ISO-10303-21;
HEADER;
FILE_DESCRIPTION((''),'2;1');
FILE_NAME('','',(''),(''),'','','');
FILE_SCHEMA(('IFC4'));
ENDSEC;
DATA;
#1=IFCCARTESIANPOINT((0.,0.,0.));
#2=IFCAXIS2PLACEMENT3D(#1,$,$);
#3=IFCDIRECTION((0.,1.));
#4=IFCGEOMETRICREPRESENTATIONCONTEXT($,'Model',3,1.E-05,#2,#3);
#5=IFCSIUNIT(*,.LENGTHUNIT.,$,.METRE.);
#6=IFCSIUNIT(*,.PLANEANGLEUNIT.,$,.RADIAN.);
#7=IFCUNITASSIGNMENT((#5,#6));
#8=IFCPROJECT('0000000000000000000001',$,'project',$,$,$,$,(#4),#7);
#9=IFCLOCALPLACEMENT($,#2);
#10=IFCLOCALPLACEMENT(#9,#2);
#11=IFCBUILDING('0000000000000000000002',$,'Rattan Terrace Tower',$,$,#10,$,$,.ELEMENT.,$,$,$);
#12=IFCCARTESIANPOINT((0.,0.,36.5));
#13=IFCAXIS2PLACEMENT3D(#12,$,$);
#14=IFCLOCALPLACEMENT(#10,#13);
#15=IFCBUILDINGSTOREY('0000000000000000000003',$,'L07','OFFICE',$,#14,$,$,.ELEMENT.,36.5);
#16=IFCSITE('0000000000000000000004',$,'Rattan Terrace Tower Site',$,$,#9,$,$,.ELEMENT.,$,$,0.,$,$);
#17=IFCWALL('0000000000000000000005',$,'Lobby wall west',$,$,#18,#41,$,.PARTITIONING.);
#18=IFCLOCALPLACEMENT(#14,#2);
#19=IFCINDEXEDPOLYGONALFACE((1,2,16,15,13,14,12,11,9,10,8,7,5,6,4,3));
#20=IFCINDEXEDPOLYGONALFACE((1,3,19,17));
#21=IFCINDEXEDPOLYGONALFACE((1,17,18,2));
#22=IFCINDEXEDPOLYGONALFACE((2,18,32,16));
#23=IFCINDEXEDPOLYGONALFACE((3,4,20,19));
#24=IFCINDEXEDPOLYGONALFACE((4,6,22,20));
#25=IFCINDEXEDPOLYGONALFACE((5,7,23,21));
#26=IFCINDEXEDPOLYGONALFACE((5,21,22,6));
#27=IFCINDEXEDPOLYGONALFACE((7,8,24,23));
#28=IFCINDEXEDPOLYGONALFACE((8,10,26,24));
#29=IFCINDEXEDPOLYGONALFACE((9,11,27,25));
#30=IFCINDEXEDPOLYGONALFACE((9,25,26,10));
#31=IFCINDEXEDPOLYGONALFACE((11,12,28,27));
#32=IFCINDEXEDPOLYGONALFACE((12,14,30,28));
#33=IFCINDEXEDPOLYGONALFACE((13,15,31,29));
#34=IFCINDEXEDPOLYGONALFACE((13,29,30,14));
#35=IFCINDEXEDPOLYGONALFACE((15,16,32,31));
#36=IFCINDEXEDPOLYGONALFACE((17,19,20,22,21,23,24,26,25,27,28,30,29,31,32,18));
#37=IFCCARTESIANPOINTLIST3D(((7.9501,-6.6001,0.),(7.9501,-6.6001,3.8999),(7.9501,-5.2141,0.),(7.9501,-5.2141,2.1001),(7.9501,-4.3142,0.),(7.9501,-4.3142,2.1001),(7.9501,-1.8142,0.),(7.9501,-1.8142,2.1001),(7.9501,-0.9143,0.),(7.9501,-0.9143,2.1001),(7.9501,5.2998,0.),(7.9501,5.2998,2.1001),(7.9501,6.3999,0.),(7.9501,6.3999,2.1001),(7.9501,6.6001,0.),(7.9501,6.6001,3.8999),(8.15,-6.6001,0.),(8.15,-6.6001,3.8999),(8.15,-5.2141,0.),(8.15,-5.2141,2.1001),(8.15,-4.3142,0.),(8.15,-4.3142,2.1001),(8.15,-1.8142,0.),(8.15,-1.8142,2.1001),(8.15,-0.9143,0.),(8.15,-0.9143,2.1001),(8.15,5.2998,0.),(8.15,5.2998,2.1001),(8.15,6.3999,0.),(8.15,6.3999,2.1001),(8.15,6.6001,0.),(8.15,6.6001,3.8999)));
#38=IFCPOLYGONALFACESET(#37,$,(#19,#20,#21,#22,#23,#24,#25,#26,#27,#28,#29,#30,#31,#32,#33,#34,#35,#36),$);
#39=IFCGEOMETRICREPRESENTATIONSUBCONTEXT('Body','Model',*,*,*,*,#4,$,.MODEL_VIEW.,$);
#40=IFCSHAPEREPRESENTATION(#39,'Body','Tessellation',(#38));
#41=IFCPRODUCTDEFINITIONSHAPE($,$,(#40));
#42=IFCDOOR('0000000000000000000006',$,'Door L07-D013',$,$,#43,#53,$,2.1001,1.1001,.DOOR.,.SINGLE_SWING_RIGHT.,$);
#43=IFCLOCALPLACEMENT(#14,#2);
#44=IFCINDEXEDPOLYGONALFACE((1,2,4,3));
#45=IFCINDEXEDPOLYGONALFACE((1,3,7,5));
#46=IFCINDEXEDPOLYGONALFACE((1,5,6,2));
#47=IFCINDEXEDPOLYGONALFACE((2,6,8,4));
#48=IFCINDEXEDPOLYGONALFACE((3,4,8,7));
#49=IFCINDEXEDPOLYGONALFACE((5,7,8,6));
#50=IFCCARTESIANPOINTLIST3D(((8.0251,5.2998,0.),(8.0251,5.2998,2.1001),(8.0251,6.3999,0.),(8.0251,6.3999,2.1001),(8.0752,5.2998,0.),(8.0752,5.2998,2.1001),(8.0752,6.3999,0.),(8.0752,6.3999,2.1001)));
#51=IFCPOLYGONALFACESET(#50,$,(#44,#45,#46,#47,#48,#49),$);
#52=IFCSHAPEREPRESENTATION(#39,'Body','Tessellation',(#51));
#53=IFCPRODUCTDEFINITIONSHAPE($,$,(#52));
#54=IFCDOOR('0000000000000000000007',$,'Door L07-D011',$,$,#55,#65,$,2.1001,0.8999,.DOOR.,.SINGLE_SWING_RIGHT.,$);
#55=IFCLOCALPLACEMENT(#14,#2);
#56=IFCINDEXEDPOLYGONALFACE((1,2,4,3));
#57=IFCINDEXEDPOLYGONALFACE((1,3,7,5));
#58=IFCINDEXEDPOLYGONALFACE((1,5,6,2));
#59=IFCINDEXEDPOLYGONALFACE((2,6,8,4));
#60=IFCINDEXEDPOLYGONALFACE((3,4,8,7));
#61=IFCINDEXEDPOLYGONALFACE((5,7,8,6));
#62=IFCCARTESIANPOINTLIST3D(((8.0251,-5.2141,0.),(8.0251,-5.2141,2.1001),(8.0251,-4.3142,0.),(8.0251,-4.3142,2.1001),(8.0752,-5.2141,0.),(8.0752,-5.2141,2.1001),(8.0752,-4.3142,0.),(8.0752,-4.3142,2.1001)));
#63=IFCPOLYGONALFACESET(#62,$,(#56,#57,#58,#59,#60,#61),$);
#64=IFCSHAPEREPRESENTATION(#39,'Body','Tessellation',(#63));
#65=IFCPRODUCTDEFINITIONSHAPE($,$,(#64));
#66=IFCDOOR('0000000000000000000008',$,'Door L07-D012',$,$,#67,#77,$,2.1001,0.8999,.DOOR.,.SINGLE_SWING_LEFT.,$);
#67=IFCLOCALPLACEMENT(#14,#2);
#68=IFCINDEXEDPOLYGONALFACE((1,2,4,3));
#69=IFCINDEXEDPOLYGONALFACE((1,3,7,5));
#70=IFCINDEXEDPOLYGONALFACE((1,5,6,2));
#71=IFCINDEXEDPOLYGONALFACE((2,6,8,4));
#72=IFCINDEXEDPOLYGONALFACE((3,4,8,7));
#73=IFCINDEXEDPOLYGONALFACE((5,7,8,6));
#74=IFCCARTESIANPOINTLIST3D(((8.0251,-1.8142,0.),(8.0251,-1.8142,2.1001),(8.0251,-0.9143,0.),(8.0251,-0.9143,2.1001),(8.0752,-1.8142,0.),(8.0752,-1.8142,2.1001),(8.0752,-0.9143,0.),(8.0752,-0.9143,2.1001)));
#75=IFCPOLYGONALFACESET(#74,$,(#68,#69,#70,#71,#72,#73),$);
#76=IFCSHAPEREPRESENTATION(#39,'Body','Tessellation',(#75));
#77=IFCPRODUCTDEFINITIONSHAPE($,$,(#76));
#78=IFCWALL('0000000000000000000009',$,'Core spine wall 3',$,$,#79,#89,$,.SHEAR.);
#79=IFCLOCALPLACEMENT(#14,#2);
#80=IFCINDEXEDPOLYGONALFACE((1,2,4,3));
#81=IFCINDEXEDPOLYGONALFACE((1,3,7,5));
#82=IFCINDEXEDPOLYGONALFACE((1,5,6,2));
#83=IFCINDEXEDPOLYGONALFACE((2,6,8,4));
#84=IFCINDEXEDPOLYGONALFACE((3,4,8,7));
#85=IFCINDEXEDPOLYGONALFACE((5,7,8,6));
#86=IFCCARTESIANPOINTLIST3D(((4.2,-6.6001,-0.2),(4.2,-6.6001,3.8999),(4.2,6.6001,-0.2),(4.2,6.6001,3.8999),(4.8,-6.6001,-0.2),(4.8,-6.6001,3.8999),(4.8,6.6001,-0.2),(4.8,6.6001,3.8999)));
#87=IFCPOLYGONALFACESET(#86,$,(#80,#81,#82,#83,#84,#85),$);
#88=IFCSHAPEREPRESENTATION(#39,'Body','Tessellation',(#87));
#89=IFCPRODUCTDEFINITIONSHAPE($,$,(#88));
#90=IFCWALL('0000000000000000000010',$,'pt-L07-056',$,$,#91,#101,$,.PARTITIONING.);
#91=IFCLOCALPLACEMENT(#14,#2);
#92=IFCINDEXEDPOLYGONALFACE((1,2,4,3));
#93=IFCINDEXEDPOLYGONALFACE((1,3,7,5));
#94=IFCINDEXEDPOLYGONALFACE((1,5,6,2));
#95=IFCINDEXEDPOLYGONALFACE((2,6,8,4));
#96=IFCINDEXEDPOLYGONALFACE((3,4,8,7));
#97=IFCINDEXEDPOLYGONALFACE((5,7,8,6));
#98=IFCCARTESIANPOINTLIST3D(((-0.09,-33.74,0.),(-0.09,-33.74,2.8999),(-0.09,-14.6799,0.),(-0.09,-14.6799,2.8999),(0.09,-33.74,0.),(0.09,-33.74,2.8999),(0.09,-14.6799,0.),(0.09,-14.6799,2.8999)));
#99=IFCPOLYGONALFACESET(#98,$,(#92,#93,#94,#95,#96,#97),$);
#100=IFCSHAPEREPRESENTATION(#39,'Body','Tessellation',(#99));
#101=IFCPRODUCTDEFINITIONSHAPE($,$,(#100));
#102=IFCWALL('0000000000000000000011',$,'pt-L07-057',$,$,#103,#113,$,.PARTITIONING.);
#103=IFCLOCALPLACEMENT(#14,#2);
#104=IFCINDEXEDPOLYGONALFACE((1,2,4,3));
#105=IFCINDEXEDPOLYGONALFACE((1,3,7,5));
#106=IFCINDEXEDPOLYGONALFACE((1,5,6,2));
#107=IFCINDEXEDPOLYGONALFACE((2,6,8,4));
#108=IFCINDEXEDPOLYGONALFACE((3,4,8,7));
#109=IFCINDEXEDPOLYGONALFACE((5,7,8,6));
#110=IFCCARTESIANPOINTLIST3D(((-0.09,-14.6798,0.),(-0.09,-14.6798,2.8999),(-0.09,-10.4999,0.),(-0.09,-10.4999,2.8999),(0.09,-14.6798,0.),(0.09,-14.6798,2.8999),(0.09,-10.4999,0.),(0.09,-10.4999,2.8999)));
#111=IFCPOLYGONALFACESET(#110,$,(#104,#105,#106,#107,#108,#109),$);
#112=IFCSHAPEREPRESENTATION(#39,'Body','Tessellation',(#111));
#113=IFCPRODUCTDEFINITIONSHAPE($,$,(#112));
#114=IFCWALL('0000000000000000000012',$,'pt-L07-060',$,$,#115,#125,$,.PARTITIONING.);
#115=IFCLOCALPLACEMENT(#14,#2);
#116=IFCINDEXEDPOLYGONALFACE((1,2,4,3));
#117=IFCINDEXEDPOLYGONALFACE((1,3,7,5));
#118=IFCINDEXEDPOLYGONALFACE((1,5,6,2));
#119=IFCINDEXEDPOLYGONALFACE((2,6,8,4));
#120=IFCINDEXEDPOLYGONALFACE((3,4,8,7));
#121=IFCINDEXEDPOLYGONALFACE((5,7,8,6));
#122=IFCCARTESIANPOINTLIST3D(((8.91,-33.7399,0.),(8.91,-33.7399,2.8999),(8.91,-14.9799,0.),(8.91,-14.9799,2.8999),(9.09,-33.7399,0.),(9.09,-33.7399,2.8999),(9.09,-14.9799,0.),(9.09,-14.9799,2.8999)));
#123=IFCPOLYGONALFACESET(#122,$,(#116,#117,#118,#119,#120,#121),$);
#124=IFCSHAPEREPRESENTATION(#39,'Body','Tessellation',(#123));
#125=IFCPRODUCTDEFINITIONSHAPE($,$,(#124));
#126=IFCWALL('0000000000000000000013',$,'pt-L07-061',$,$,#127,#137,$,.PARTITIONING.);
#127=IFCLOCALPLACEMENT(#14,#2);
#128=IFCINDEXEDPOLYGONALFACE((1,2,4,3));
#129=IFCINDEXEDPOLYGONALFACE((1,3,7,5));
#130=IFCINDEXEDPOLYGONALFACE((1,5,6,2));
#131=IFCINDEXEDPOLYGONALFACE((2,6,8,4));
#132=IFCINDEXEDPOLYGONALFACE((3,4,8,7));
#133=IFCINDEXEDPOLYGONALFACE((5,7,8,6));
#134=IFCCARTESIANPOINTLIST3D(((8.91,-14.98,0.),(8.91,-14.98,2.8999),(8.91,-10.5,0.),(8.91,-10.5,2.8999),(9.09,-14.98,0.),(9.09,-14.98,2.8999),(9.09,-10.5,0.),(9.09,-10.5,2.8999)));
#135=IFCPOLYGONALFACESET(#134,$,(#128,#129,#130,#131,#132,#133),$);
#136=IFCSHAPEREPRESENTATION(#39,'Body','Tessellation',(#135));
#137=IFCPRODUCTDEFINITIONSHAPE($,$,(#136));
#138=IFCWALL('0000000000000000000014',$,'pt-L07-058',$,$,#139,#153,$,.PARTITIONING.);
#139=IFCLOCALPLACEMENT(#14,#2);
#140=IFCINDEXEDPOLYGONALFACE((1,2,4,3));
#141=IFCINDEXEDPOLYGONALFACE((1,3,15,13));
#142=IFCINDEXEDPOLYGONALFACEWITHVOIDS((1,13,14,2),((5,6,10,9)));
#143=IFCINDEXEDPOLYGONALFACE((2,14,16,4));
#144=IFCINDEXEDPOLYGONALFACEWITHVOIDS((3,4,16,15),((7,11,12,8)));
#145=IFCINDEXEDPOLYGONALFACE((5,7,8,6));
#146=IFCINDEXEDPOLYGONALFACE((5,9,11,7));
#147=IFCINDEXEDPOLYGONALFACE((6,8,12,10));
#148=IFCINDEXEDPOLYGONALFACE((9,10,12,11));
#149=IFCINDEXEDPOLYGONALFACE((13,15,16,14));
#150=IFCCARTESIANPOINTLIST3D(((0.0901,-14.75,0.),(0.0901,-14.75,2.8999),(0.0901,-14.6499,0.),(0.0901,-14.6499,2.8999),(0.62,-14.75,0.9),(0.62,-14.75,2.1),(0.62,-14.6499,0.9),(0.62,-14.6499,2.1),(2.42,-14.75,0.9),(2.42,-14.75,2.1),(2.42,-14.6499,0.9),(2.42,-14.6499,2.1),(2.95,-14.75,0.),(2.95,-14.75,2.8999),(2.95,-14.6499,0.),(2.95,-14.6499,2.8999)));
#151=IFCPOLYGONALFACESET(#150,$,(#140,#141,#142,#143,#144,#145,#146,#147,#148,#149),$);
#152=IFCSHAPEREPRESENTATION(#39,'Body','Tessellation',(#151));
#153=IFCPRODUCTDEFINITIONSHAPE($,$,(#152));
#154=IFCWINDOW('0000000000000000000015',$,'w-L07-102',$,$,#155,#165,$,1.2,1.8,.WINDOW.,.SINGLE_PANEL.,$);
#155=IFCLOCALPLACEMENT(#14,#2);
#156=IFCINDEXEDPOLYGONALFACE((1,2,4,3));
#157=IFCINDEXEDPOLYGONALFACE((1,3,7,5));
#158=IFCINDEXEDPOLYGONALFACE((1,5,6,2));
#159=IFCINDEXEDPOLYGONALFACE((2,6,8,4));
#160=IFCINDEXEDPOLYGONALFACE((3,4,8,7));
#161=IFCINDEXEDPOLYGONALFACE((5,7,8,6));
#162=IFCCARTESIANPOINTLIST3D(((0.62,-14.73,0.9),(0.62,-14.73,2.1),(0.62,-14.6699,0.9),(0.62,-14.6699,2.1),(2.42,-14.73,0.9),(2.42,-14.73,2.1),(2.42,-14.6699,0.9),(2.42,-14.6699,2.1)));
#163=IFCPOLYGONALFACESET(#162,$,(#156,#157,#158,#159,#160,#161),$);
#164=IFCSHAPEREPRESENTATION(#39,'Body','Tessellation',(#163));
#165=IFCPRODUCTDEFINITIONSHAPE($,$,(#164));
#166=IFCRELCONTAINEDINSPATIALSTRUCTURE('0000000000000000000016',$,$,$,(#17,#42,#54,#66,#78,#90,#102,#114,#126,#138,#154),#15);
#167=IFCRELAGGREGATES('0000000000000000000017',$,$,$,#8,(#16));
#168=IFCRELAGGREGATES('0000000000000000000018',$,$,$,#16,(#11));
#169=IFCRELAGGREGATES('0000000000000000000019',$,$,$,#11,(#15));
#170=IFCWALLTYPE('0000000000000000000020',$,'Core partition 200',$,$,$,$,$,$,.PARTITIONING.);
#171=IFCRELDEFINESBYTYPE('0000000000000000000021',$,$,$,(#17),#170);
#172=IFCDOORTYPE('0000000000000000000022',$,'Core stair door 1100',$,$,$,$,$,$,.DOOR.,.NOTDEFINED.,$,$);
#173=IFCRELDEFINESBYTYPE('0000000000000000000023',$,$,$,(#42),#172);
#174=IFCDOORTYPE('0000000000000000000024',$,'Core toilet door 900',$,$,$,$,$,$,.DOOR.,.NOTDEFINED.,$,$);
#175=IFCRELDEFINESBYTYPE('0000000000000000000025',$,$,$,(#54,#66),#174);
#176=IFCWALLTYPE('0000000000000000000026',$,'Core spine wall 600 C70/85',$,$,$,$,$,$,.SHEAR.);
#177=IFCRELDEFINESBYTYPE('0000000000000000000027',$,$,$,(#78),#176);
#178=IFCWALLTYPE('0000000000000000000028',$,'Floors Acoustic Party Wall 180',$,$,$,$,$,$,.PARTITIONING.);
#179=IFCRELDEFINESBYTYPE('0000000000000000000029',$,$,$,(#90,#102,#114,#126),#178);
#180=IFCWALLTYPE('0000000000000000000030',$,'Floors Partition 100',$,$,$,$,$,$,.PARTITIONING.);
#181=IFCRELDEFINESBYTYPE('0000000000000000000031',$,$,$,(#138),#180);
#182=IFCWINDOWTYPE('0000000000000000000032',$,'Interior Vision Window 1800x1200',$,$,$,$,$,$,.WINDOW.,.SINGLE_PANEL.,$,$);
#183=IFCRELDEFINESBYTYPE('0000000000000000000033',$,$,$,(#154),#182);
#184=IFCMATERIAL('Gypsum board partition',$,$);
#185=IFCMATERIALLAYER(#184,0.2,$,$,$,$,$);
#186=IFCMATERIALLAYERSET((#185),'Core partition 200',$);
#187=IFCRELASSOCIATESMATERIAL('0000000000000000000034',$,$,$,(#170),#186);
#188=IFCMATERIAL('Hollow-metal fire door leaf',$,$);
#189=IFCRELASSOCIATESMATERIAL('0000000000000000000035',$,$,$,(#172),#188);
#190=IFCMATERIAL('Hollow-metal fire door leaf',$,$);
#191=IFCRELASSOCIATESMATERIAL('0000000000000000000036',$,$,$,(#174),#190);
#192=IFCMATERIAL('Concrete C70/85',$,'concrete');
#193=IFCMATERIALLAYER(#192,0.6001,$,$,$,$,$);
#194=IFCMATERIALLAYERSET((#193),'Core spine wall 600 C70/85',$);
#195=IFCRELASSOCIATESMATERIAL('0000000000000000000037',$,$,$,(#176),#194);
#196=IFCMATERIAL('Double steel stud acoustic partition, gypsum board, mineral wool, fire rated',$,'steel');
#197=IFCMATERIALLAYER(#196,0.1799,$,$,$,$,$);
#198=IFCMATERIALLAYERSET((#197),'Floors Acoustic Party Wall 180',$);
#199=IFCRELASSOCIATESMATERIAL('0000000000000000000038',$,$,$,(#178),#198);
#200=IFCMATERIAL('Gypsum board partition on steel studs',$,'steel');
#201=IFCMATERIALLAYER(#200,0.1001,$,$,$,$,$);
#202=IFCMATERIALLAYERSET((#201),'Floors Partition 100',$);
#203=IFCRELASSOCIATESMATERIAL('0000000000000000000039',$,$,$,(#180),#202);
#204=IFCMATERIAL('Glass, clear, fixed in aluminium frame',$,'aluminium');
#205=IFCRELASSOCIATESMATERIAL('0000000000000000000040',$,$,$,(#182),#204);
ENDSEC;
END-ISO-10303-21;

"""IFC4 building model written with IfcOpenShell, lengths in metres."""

from ifc_helpers import new_model, si_unit, direction, frame, frame_2d, origin, place, context, subcontext, project, spatial, rectangle, extrude, material, layer, layer_set, type_object, element, fill, save


model = new_model("IFC4")

# Units and contexts
model_context = context("Model", 3, precision=1e-05, world=origin(), true_north=direction((0.0, 1.0)))
body_context = subcontext(model_context, "Body", "Model", "MODEL_VIEW")
ifc_project = project(units=[si_unit("LENGTHUNIT", "METRE"), si_unit("PLANEANGLEUNIT", "RADIAN")], contexts=[model_context])

# Site, building, storey
site_placement = place(None, origin())
site = spatial("IfcSite", under=ifc_project, at=site_placement, Name="Rattan Terrace Tower Site", CompositionType="ELEMENT", RefElevation=0.0)
building_placement = place(site_placement, origin())
building = spatial("IfcBuilding", under=site, at=building_placement, Name="Rattan Terrace Tower", CompositionType="ELEMENT")
storey_placement = place(building_placement, frame((0.0, 0.0, 36.5)))
storey = spatial("IfcBuildingStorey", under=building, at=storey_placement, Name="L07", Description="OFFICE", CompositionType="ELEMENT", Elevation=36.5)

# Wall, openings, doors
ifc_material_1 = material(Name="Gypsum board partition")
ifc_layer_1 = layer(ifc_material_1, 0.2)
ifc_layer_set_1 = layer_set([ifc_layer_1], Name="Core partition 200")
wall_type_1 = type_object("IfcWallType", Name="Core partition 200", PredefinedType="PARTITIONING", material=ifc_layer_set_1)
wall_1_placement = place(storey_placement, frame((8.05, -6.6001, 0.0), z_axis=(0.0, 0.0, 1.0), x_axis=(0.0, 1.0, 0.0)))
wall_1 = element("IfcWall", 1, at=wall_1_placement, inside=storey, type_object=wall_type_1, Name="Lobby wall west", PredefinedType="PARTITIONING", context=body_context, shape_type="SweptSolid", body=[
    extrude(rectangle(XDim=13.2002, YDim=0.2, at=frame_2d((6.6001, 0.0))), origin(), (0.0, 0.0, 1.0), 3.8999),
])
opening_1_placement = place(wall_1_placement, frame((1.386, 0.0, 0.0)))
opening_1 = element("IfcOpeningElement", 2, at=opening_1_placement, cuts=wall_1, PredefinedType="OPENING", context=body_context, shape_type="SweptSolid", body=[
    extrude(rectangle(XDim=0.8999, YDim=2.1001, at=frame_2d((0.45, 1.05))), frame((0.0, 0.1106, 0.0), z_axis=(0.0, -1.0, 0.0), x_axis=(1.0, 0.0, 0.0)), (0.0, 0.0, 1.0), 0.2209),
])
opening_2_placement = place(wall_1_placement, frame((4.7859, 0.0, 0.0)))
opening_2 = element("IfcOpeningElement", 3, at=opening_2_placement, cuts=wall_1, PredefinedType="OPENING", context=body_context, shape_type="SweptSolid", body=[
    extrude(rectangle(XDim=0.8999, YDim=2.1001, at=frame_2d((0.45, 1.05))), frame((0.0, 0.1106, 0.0), z_axis=(0.0, -1.0, 0.0), x_axis=(1.0, 0.0, 0.0)), (0.0, 0.0, 1.0), 0.2209),
])
opening_3_placement = place(wall_1_placement, frame((11.8999, 0.0, 0.0)))
opening_3 = element("IfcOpeningElement", 4, at=opening_3_placement, cuts=wall_1, PredefinedType="OPENING", context=body_context, shape_type="SweptSolid", body=[
    extrude(rectangle(XDim=1.1001, YDim=2.1001, at=frame_2d((0.55, 1.05))), frame((0.0, 0.1106, 0.0), z_axis=(0.0, -1.0, 0.0), x_axis=(1.0, 0.0, 0.0)), (0.0, 0.0, 1.0), 0.2209),
])
ifc_material_2 = material(Name="Hollow-metal fire door leaf")
door_type_1 = type_object("IfcDoorType", Name="Core stair door 1100", OperationType="NOTDEFINED", PredefinedType="DOOR", material=ifc_material_2)
door_1_placement = place(opening_3_placement, origin())
door_1 = element("IfcDoor", 5, at=door_1_placement, inside=storey, type_object=door_type_1, Name="Door L07-D013", OperationType="SINGLE_SWING_RIGHT", OverallHeight=2.1001, OverallWidth=1.1001, PredefinedType="DOOR", context=body_context, shape_type="SweptSolid", body=[
    extrude(rectangle(XDim=1.1001, YDim=2.1001, at=frame_2d((0.55, 1.05))), frame((0.0, 0.0249, 0.0), z_axis=(0.0, -1.0, 0.0), x_axis=(1.0, 0.0, 0.0)), (0.0, 0.0, 1.0), 0.05),
])
fill(opening_3, door_1)
ifc_material_3 = material(Name="Hollow-metal fire door leaf")
door_type_2 = type_object("IfcDoorType", Name="Core toilet door 900", OperationType="NOTDEFINED", PredefinedType="DOOR", material=ifc_material_3)
door_2_placement = place(opening_1_placement, origin())
door_2 = element("IfcDoor", 6, at=door_2_placement, inside=storey, type_object=door_type_2, Name="Door L07-D011", OperationType="SINGLE_SWING_RIGHT", OverallHeight=2.1001, OverallWidth=0.8999, PredefinedType="DOOR", context=body_context, shape_type="SweptSolid", body=[
    extrude(rectangle(XDim=0.8999, YDim=2.1001, at=frame_2d((0.45, 1.05))), frame((0.0, 0.0249, 0.0), z_axis=(0.0, -1.0, 0.0), x_axis=(1.0, 0.0, 0.0)), (0.0, 0.0, 1.0), 0.05),
])
fill(opening_1, door_2)
door_3_placement = place(opening_2_placement, origin())
door_3 = element("IfcDoor", 7, at=door_3_placement, inside=storey, type_object=door_type_2, Name="Door L07-D012", OperationType="SINGLE_SWING_LEFT", OverallHeight=2.1001, OverallWidth=0.8999, PredefinedType="DOOR", context=body_context, shape_type="SweptSolid", body=[
    extrude(rectangle(XDim=0.8999, YDim=2.1001, at=frame_2d((0.45, 1.05))), frame((0.0, 0.0249, 0.0), z_axis=(0.0, -1.0, 0.0), x_axis=(1.0, 0.0, 0.0)), (0.0, 0.0, 1.0), 0.05),
])
fill(opening_2, door_3)

# Walls
ifc_material_4 = material(Name="Concrete C70/85", Category="concrete")
ifc_layer_2 = layer(ifc_material_4, 0.6001)
ifc_layer_set_2 = layer_set([ifc_layer_2], Name="Core spine wall 600 C70/85")
wall_type_2 = type_object("IfcWallType", Name="Core spine wall 600 C70/85", PredefinedType="SHEAR", material=ifc_layer_set_2)
wall_2_placement = place(storey_placement, frame((4.5, -6.6001, -0.2), z_axis=(0.0, 0.0, 1.0), x_axis=(0.0, 1.0, 0.0)))
element("IfcWall", 8, at=wall_2_placement, inside=storey, type_object=wall_type_2, Name="Core spine wall 3", PredefinedType="SHEAR", context=body_context, shape_type="SweptSolid", body=[
    extrude(rectangle(XDim=13.2002, YDim=0.6001, at=frame_2d((6.6001, 0.0))), origin(), (0.0, 0.0, 1.0), 4.0999),
])
ifc_material_5 = material(Name="Double steel stud acoustic partition, gypsum board, mineral wool, fire rated", Category="steel")
ifc_layer_3 = layer(ifc_material_5, 0.1799)
ifc_layer_set_3 = layer_set([ifc_layer_3], Name="Floors Acoustic Party Wall 180")
wall_type_3 = type_object("IfcWallType", Name="Floors Acoustic Party Wall 180", PredefinedType="PARTITIONING", material=ifc_layer_set_3)
wall_3_placement = place(storey_placement, frame((0.0, -14.6799, 0.0), z_axis=(0.0, 0.0, 1.0), x_axis=(0.0, -1.0, 0.0)))
element("IfcWall", 9, at=wall_3_placement, inside=storey, type_object=wall_type_3, Name="pt-L07-056", PredefinedType="PARTITIONING", context=body_context, shape_type="SweptSolid", body=[
    extrude(rectangle(XDim=19.0601, YDim=0.1799, at=frame_2d((9.53, 0.0))), origin(), (0.0, 0.0, 1.0), 2.8999),
])
wall_4_placement = place(storey_placement, frame((0.0, -10.5, 0.0), z_axis=(0.0, 0.0, 1.0), x_axis=(0.0, -1.0, 0.0)))
element("IfcWall", 10, at=wall_4_placement, inside=storey, type_object=wall_type_3, Name="pt-L07-057", PredefinedType="PARTITIONING", context=body_context, shape_type="SweptSolid", body=[
    extrude(rectangle(XDim=4.1799, YDim=0.1799, at=frame_2d((2.0898, 0.0))), origin(), (0.0, 0.0, 1.0), 2.8999),
])
wall_5_placement = place(storey_placement, frame((9.0, -14.98, 0.0), z_axis=(0.0, 0.0, 1.0), x_axis=(0.0, -1.0, 0.0)))
element("IfcWall", 11, at=wall_5_placement, inside=storey, type_object=wall_type_3, Name="pt-L07-060", PredefinedType="PARTITIONING", context=body_context, shape_type="SweptSolid", body=[
    extrude(rectangle(XDim=18.76, YDim=0.1799, at=frame_2d((9.3799, 0.0))), origin(), (0.0, 0.0, 1.0), 2.8999),
])
wall_6_placement = place(storey_placement, frame((9.0, -10.5, 0.0), z_axis=(0.0, 0.0, 1.0), x_axis=(0.0, -1.0, 0.0)))
element("IfcWall", 12, at=wall_6_placement, inside=storey, type_object=wall_type_3, Name="pt-L07-061", PredefinedType="PARTITIONING", context=body_context, shape_type="SweptSolid", body=[
    extrude(rectangle(XDim=4.48, YDim=0.1799, at=frame_2d((2.24, 0.0))), origin(), (0.0, 0.0, 1.0), 2.8999),
])

# Wall, opening, window
ifc_material_6 = material(Name="Gypsum board partition on steel studs", Category="steel")
ifc_layer_4 = layer(ifc_material_6, 0.1001)
ifc_layer_set_4 = layer_set([ifc_layer_4], Name="Floors Partition 100")
wall_type_4 = type_object("IfcWallType", Name="Floors Partition 100", PredefinedType="PARTITIONING", material=ifc_layer_set_4)
wall_7_placement = place(storey_placement, frame((0.0901, -14.7, 0.0), z_axis=(0.0, 0.0, 1.0), x_axis=(1.0, 0.0, 0.0)))
wall_7 = element("IfcWall", 13, at=wall_7_placement, inside=storey, type_object=wall_type_4, Name="pt-L07-058", PredefinedType="PARTITIONING", context=body_context, shape_type="SweptSolid", body=[
    extrude(rectangle(XDim=2.8599, YDim=0.1001, at=frame_2d((1.4299, 0.0))), origin(), (0.0, 0.0, 1.0), 2.8999),
])
opening_4_placement = place(wall_7_placement, frame((0.53, 0.0, 0.8999)))
opening_4 = element("IfcOpeningElement", 14, at=opening_4_placement, cuts=wall_7, PredefinedType="OPENING", context=body_context, shape_type="SweptSolid", body=[
    extrude(rectangle(XDim=1.8, YDim=1.2, at=frame_2d((0.8999, 0.6001))), frame((0.0, 0.0605, 0.0), z_axis=(0.0, -1.0, 0.0), x_axis=(1.0, 0.0, 0.0)), (0.0, 0.0, 1.0), 0.1211),
])
ifc_material_7 = material(Name="Glass, clear, fixed in aluminium frame", Category="aluminium")
window_type_1 = type_object("IfcWindowType", Name="Interior Vision Window 1800x1200", PartitioningType="SINGLE_PANEL", PredefinedType="WINDOW", material=ifc_material_7)
window_1_placement = place(opening_4_placement, origin())
window_1 = element("IfcWindow", 15, at=window_1_placement, inside=storey, type_object=window_type_1, Name="w-L07-102", OverallHeight=1.2, OverallWidth=1.8, PartitioningType="SINGLE_PANEL", PredefinedType="WINDOW", context=body_context, shape_type="SweptSolid", body=[
    extrude(rectangle(XDim=1.8, YDim=1.2, at=frame_2d((0.8999, 0.6001))), frame((0.0, 0.03, 0.0), z_axis=(0.0, -1.0, 0.0), x_axis=(1.0, 0.0, 0.0)), (0.0, 0.0, 1.0), 0.0601),
])
fill(opening_4, window_1)

save(model, "model.ifc")
